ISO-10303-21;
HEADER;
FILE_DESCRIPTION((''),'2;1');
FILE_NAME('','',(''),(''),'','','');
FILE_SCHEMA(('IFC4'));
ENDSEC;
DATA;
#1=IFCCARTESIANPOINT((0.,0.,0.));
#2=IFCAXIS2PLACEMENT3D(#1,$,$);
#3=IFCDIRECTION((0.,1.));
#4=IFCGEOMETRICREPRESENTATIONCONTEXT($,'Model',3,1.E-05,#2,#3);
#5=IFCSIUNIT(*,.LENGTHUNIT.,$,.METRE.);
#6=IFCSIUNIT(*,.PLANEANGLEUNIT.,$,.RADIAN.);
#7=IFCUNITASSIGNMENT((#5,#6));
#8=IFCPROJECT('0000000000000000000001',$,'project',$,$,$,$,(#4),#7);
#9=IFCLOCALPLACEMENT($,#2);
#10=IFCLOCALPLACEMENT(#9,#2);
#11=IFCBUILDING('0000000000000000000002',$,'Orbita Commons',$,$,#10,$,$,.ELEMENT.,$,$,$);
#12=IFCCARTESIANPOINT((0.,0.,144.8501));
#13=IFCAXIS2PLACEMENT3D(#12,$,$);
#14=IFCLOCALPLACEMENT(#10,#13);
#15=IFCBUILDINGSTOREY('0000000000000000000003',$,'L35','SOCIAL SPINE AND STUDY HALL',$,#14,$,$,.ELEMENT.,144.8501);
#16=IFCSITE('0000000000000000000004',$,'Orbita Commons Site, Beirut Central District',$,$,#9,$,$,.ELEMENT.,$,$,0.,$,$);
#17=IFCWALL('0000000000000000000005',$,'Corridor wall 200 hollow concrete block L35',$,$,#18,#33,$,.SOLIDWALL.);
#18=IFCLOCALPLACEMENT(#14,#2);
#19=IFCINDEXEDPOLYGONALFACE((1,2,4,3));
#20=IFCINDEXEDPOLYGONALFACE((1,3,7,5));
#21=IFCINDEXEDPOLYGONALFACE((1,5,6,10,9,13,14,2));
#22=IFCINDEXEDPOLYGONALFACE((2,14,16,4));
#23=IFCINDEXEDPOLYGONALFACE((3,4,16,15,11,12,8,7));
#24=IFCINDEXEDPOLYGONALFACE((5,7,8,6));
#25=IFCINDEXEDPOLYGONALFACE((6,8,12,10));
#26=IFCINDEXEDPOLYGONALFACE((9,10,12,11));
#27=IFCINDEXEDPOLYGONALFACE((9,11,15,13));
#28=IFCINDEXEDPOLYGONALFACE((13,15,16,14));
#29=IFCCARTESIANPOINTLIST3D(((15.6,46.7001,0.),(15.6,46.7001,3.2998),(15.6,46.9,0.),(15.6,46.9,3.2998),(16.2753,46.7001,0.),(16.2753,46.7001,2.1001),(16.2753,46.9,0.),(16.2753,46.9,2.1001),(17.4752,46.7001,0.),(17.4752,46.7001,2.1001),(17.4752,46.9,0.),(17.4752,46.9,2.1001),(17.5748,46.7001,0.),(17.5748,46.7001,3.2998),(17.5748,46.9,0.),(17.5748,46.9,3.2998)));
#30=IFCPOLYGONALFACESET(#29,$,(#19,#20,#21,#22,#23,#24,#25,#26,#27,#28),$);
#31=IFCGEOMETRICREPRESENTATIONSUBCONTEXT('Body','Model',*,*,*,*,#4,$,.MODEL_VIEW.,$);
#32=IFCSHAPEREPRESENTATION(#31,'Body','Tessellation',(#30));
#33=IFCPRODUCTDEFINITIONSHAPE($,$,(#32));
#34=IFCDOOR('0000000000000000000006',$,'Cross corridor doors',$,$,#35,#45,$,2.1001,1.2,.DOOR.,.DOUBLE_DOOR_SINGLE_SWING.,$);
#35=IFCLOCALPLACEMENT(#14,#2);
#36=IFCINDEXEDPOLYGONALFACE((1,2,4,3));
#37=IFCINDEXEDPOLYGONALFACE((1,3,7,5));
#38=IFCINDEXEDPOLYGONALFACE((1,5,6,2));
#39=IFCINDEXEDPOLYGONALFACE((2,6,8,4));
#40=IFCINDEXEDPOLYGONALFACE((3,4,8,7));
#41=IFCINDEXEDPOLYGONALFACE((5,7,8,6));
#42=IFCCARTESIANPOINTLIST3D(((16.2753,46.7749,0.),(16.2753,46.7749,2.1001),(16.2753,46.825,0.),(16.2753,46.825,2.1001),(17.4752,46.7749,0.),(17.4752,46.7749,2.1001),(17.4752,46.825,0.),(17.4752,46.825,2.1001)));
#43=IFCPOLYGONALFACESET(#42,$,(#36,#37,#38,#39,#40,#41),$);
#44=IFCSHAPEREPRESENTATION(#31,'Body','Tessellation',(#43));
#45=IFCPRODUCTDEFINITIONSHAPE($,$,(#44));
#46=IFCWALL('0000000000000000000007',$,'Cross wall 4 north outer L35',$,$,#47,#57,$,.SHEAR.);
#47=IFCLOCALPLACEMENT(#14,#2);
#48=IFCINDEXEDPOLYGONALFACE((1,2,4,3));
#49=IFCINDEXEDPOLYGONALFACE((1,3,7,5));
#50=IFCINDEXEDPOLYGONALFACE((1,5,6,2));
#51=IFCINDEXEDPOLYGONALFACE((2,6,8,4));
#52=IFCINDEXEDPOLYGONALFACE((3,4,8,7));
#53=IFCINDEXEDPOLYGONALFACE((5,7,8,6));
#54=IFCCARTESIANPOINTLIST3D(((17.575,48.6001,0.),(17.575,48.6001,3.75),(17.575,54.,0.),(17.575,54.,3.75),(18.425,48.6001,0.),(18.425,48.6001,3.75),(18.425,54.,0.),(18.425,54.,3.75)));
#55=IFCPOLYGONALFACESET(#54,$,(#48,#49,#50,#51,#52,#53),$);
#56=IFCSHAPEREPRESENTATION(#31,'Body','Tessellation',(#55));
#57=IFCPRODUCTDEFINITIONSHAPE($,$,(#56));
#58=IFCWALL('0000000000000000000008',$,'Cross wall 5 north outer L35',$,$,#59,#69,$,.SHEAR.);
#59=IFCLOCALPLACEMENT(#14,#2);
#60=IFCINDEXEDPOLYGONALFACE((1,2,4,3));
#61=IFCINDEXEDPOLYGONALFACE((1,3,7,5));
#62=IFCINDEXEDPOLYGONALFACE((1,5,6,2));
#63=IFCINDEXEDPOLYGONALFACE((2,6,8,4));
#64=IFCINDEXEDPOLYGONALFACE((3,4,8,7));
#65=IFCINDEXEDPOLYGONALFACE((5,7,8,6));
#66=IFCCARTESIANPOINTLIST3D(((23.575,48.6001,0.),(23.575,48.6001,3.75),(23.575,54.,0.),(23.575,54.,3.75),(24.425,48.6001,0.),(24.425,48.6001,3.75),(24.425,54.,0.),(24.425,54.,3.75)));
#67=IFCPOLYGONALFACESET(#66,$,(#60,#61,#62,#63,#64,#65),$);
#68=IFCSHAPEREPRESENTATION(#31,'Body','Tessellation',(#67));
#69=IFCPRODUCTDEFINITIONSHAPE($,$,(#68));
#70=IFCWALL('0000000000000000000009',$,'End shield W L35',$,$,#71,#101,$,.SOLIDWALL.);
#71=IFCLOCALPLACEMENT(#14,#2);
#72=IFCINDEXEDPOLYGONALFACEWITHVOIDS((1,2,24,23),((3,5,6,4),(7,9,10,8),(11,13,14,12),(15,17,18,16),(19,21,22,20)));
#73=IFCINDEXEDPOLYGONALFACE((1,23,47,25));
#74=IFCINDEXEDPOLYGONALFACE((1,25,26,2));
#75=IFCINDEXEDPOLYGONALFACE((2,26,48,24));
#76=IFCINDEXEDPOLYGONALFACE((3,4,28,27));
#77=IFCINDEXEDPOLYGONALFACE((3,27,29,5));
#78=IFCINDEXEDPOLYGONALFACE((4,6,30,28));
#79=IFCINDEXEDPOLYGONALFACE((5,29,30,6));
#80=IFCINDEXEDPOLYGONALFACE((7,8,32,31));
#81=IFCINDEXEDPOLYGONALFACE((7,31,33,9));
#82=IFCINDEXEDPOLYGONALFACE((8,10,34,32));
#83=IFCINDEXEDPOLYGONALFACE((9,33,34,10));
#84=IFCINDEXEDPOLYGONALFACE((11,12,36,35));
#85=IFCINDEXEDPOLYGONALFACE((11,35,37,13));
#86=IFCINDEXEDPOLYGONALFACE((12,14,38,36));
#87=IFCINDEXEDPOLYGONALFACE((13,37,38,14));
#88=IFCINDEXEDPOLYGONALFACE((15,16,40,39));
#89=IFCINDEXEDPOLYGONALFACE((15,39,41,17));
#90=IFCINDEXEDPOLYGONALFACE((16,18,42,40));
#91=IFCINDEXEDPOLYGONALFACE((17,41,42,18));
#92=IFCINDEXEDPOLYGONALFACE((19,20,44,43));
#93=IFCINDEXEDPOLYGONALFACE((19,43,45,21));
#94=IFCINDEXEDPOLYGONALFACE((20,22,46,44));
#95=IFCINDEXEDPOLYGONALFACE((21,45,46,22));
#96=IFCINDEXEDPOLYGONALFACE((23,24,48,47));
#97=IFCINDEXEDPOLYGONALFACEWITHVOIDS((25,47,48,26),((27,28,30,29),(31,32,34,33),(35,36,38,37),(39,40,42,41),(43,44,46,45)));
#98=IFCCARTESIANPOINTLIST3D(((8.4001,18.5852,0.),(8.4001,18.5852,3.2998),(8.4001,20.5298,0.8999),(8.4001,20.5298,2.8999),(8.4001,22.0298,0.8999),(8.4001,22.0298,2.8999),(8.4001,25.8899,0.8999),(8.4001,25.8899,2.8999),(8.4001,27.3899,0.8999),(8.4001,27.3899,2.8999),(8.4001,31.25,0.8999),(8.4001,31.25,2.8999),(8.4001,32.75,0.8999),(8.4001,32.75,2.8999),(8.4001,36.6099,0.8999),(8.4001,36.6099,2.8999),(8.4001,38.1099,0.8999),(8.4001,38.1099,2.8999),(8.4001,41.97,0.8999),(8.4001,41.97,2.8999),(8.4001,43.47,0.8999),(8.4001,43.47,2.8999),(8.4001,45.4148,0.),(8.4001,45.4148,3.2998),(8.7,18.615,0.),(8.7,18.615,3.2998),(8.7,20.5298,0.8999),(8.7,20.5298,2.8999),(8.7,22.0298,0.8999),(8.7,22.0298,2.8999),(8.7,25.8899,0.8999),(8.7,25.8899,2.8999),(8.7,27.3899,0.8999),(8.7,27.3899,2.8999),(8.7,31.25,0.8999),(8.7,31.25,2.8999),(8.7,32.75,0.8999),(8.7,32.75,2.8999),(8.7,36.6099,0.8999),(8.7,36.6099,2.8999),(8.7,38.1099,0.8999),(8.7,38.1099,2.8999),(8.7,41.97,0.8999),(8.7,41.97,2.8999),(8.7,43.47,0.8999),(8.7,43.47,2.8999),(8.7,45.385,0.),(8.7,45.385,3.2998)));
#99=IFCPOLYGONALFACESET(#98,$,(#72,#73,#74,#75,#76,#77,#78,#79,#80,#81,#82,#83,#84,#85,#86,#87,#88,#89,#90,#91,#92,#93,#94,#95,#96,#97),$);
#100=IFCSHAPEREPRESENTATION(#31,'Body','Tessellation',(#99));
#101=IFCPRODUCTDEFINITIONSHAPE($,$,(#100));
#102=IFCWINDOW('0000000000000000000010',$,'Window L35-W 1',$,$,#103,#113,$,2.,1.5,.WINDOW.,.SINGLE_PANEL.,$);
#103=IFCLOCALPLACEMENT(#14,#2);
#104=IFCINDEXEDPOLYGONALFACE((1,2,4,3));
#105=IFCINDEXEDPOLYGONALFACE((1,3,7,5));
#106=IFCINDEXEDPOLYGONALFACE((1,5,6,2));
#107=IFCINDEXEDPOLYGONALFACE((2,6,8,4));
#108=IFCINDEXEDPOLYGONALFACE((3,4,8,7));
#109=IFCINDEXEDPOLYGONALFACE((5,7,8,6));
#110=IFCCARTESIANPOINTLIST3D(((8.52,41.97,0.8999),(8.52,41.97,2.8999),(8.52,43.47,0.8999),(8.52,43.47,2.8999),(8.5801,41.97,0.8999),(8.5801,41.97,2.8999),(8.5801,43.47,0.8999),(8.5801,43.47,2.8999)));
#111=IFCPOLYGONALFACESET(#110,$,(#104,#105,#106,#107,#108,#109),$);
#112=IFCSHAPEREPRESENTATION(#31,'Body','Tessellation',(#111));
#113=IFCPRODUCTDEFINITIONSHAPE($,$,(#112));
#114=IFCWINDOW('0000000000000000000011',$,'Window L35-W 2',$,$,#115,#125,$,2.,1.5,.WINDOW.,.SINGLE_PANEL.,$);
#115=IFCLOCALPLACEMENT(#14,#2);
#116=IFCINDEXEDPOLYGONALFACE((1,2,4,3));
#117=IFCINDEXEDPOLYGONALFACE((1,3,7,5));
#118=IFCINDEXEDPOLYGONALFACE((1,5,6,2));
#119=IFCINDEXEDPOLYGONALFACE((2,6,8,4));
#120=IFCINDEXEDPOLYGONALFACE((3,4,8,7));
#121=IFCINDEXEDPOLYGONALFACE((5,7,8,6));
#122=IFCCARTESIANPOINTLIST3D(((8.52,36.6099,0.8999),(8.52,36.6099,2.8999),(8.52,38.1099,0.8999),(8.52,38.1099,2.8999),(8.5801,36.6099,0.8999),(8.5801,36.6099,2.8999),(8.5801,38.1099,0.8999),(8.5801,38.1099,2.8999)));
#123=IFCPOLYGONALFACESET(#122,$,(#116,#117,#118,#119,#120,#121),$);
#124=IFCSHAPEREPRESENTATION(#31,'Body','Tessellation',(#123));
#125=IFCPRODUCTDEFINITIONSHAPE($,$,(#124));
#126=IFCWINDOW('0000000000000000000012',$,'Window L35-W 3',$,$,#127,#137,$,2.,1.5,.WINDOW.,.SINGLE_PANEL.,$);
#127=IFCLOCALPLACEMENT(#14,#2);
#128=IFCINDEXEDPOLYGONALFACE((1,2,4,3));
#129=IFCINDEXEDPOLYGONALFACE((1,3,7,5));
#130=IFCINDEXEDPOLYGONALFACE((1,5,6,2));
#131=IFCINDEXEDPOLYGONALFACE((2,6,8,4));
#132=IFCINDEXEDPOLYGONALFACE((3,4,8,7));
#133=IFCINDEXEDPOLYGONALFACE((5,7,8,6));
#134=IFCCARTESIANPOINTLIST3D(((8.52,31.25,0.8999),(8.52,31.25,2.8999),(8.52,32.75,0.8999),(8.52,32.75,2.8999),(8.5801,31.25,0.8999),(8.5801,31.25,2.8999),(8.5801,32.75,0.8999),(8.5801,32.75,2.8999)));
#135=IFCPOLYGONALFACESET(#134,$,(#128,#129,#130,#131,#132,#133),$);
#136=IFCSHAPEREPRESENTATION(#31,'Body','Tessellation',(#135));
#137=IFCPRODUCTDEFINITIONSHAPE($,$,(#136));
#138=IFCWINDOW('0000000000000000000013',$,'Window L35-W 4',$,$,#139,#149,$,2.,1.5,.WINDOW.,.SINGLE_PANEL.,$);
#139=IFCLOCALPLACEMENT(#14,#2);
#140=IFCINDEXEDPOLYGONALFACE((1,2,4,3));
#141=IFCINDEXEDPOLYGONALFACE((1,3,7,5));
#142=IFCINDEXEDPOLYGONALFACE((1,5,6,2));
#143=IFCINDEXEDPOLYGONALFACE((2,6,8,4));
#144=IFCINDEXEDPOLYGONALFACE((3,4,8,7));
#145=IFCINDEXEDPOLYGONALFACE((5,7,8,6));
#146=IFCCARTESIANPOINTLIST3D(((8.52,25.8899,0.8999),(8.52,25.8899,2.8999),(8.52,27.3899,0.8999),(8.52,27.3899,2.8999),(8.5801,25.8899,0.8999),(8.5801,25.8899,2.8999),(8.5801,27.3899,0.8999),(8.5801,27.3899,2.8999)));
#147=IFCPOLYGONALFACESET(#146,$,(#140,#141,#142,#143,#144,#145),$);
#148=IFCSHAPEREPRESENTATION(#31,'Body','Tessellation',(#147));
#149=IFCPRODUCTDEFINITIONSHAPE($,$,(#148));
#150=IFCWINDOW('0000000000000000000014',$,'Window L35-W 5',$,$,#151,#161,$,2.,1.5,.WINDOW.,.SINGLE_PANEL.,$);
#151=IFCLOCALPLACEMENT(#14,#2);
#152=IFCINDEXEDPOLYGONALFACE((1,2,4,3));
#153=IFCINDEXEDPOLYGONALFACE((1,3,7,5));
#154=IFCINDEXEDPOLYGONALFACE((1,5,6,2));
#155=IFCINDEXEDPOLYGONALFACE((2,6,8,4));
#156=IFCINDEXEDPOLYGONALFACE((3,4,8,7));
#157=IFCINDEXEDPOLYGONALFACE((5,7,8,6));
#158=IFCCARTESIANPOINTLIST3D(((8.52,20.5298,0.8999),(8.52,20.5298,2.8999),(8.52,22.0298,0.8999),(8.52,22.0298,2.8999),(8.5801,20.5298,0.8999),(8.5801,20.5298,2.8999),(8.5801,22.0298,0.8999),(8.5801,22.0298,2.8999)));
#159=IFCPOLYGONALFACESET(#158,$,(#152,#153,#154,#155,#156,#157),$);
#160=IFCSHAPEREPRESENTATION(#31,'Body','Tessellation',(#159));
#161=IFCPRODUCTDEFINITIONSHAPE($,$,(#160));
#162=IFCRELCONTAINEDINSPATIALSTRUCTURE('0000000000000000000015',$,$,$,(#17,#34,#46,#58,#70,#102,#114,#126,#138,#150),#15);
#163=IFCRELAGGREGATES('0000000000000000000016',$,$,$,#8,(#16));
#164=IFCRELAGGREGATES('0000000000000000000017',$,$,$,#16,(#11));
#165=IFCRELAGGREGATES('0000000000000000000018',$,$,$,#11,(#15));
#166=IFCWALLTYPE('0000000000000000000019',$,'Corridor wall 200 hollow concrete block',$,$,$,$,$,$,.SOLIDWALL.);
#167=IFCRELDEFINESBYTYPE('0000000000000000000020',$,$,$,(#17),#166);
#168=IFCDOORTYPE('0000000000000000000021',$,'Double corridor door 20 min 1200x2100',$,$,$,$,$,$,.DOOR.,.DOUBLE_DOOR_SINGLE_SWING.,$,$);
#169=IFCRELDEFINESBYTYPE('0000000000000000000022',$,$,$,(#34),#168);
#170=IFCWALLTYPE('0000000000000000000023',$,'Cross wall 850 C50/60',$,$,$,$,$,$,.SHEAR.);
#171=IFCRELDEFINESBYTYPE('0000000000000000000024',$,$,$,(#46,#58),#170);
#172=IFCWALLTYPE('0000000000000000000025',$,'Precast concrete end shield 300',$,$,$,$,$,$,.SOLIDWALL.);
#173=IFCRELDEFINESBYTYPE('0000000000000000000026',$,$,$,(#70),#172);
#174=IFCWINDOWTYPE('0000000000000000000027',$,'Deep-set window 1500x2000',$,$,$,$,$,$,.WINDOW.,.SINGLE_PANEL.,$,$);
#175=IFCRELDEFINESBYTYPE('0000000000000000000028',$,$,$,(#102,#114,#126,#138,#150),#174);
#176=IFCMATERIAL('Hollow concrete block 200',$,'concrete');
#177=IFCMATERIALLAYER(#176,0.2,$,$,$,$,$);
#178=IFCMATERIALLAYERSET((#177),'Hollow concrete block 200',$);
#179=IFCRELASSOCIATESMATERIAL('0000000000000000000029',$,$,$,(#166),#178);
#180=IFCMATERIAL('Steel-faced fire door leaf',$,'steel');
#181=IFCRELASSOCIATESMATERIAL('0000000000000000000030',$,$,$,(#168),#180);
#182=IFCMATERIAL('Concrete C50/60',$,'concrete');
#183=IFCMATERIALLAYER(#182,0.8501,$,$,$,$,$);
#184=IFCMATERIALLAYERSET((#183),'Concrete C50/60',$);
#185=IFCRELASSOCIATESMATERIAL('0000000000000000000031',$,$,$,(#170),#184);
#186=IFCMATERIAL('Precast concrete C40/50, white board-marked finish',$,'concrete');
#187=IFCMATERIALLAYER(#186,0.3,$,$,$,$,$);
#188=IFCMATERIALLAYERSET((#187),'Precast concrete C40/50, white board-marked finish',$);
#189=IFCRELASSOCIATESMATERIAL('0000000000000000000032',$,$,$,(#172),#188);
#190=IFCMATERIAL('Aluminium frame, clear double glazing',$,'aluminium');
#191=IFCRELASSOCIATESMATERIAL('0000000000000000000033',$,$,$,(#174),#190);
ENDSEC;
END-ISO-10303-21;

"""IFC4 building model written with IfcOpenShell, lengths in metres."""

from ifc_helpers import new_model, si_unit, direction, frame, frame_2d, origin, place, context, subcontext, project, spatial, polyline, rectangle, outline, extrude, material, layer, layer_set, type_object, element, fill, save


model = new_model("IFC4")

# Units and contexts
model_context = context("Model", 3, precision=1e-05, world=origin(), true_north=direction((0.0, 1.0)))
body_context = subcontext(model_context, "Body", "Model", "MODEL_VIEW")
ifc_project = project(units=[si_unit("LENGTHUNIT", "METRE"), si_unit("PLANEANGLEUNIT", "RADIAN")], contexts=[model_context])

# Site, building, storey
site_placement = place(None, origin())
site = spatial("IfcSite", under=ifc_project, at=site_placement, Name="Orbita Commons Site, Beirut Central District", CompositionType="ELEMENT", RefElevation=0.0)
building_placement = place(site_placement, origin())
building = spatial("IfcBuilding", under=site, at=building_placement, Name="Orbita Commons", CompositionType="ELEMENT")
storey_placement = place(building_placement, frame((0.0, 0.0, 144.8501)))
storey = spatial("IfcBuildingStorey", under=building, at=storey_placement, Name="L35", Description="SOCIAL SPINE AND STUDY HALL", CompositionType="ELEMENT", Elevation=144.8501)

# Wall, opening, door
ifc_material_1 = material(Name="Hollow concrete block 200", Category="concrete")
ifc_layer_1 = layer(ifc_material_1, 0.2)
ifc_layer_set_1 = layer_set([ifc_layer_1], Name="Hollow concrete block 200")
wall_type_1 = type_object("IfcWallType", Name="Corridor wall 200 hollow concrete block", PredefinedType="SOLIDWALL", material=ifc_layer_set_1)
wall_1_placement = place(storey_placement, frame((15.6001, 46.8, 0.0), z_axis=(0.0, 0.0, 1.0), x_axis=(1.0, 0.0, 0.0)))
wall_1 = element("IfcWall", 1, at=wall_1_placement, inside=storey, type_object=wall_type_1, Name="Corridor wall 200 hollow concrete block L35", PredefinedType="SOLIDWALL", context=body_context, shape_type="SweptSolid", body=[
    extrude(rectangle(XDim=1.9749, YDim=0.2, at=frame_2d((0.9873, 0.0))), origin(), (0.0, 0.0, 1.0), 3.2998),
])
opening_1_placement = place(wall_1_placement, frame((0.675, 0.0, 0.0)))
opening_1 = element("IfcOpeningElement", 2, at=opening_1_placement, cuts=wall_1, PredefinedType="OPENING", context=body_context, shape_type="SweptSolid", body=[
    extrude(rectangle(XDim=1.2, YDim=2.1001, at=frame_2d((0.6001, 1.05))), frame((0.0, 0.1099, 0.0), z_axis=(0.0, -1.0, 0.0), x_axis=(1.0, 0.0, 0.0)), (0.0, 0.0, 1.0), 0.22),
])
ifc_material_2 = material(Name="Steel-faced fire door leaf", Category="steel")
door_type_1 = type_object("IfcDoorType", Name="Double corridor door 20 min 1200x2100", OperationType="DOUBLE_DOOR_SINGLE_SWING", PredefinedType="DOOR", material=ifc_material_2)
door_1_placement = place(opening_1_placement, origin())
door_1 = element("IfcDoor", 3, at=door_1_placement, inside=storey, type_object=door_type_1, Name="Cross corridor doors", OperationType="DOUBLE_DOOR_SINGLE_SWING", OverallHeight=2.1001, OverallWidth=1.2, PredefinedType="DOOR", context=body_context, shape_type="SweptSolid", body=[
    extrude(rectangle(XDim=1.2, YDim=2.1001, at=frame_2d((0.6001, 1.05))), frame((0.0, 0.0249, 0.0), z_axis=(0.0, -1.0, 0.0), x_axis=(1.0, 0.0, 0.0)), (0.0, 0.0, 1.0), 0.05),
])
fill(opening_1, door_1)

# Walls
ifc_material_3 = material(Name="Concrete C50/60", Category="concrete")
ifc_layer_2 = layer(ifc_material_3, 0.8501)
ifc_layer_set_2 = layer_set([ifc_layer_2], Name="Concrete C50/60")
wall_type_2 = type_object("IfcWallType", Name="Cross wall 850 C50/60", PredefinedType="SHEAR", material=ifc_layer_set_2)
for number, where, z_axis, x_axis, name in (
    (4, (18.0, 48.6001, 0.0), (0.0, 0.0, 1.0), (0.0, 1.0, 0.0), "Cross wall 4 north outer L35"),
    (5, (24.0, 48.6001, 0.0), (0.0, 0.0, 1.0), (0.0, 1.0, 0.0), "Cross wall 5 north outer L35"),
):
    element("IfcWall", number, at=place(storey_placement, frame(where, z_axis=z_axis, x_axis=x_axis)), inside=storey, type_object=wall_type_2, Name=name, PredefinedType="SHEAR", context=body_context, shape_type="SweptSolid", body=[
        extrude(rectangle(XDim=5.3999, YDim=0.8501, at=frame_2d((2.7, 0.0))), origin(), (0.0, 0.0, 1.0), 3.75),
    ])

# Wall, openings, windows
ifc_material_4 = material(Name="Precast concrete C40/50, white board-marked finish", Category="concrete")
ifc_layer_3 = layer(ifc_material_4, 0.3)
ifc_layer_set_3 = layer_set([ifc_layer_3], Name="Precast concrete C40/50, white board-marked finish")
wall_type_3 = type_object("IfcWallType", Name="Precast concrete end shield 300", PredefinedType="SOLIDWALL", material=ifc_layer_set_3)
wall_2_placement = place(storey_placement, frame((8.55, 45.3999, 0.0), z_axis=(0.0, 0.0, 1.0), x_axis=(0.0, -1.0, 0.0)))
wall_2 = element("IfcWall", 6, at=wall_2_placement, inside=storey, type_object=wall_type_3, Name="End shield W L35", PredefinedType="SOLIDWALL", context=body_context, shape_type="SweptSolid", body=[
    extrude(outline(polyline([(-0.0149, -0.1499), (26.8147, -0.1499), (26.7849, 0.1499), (0.0149, 0.1499), (-0.0149, -0.1499)])), origin(), (0.0, 0.0, 1.0), 3.2998),
])
opening_2_placement = place(wall_2_placement, frame((1.9299, 0.0, 0.8999)))
opening_2 = element("IfcOpeningElement", 7, at=opening_2_placement, cuts=wall_2, PredefinedType="OPENING", context=body_context, shape_type="SweptSolid", body=[
    extrude(rectangle(XDim=1.5, YDim=2.0, at=frame_2d((0.75, 1.0))), frame((0.0, 0.1599, 0.0), z_axis=(0.0, -1.0, 0.0), x_axis=(1.0, 0.0, 0.0)), (0.0, 0.0, 1.0), 0.3201),
])
opening_3_placement = place(wall_2_placement, frame((7.29, 0.0, 0.8999)))
opening_3 = element("IfcOpeningElement", 8, at=opening_3_placement, cuts=wall_2, PredefinedType="OPENING", context=body_context, shape_type="SweptSolid", body=[
    extrude(rectangle(XDim=1.5, YDim=2.0, at=frame_2d((0.75, 1.0))), frame((0.0, 0.1599, 0.0), z_axis=(0.0, -1.0, 0.0), x_axis=(1.0, 0.0, 0.0)), (0.0, 0.0, 1.0), 0.3201),
])
opening_4_placement = place(wall_2_placement, frame((12.6499, 0.0, 0.8999)))
opening_4 = element("IfcOpeningElement", 9, at=opening_4_placement, cuts=wall_2, PredefinedType="OPENING", context=body_context, shape_type="SweptSolid", body=[
    extrude(rectangle(XDim=1.5, YDim=2.0, at=frame_2d((0.75, 1.0))), frame((0.0, 0.1599, 0.0), z_axis=(0.0, -1.0, 0.0), x_axis=(1.0, 0.0, 0.0)), (0.0, 0.0, 1.0), 0.3201),
])
opening_5_placement = place(wall_2_placement, frame((18.01, 0.0, 0.8999)))
opening_5 = element("IfcOpeningElement", 10, at=opening_5_placement, cuts=wall_2, PredefinedType="OPENING", context=body_context, shape_type="SweptSolid", body=[
    extrude(rectangle(XDim=1.5, YDim=2.0, at=frame_2d((0.75, 1.0))), frame((0.0, 0.1599, 0.0), z_axis=(0.0, -1.0, 0.0), x_axis=(1.0, 0.0, 0.0)), (0.0, 0.0, 1.0), 0.3201),
])
opening_6_placement = place(wall_2_placement, frame((23.3701, 0.0, 0.8999)))
opening_6 = element("IfcOpeningElement", 11, at=opening_6_placement, cuts=wall_2, PredefinedType="OPENING", context=body_context, shape_type="SweptSolid", body=[
    extrude(rectangle(XDim=1.5, YDim=2.0, at=frame_2d((0.75, 1.0))), frame((0.0, 0.1599, 0.0), z_axis=(0.0, -1.0, 0.0), x_axis=(1.0, 0.0, 0.0)), (0.0, 0.0, 1.0), 0.3201),
])
ifc_material_5 = material(Name="Aluminium frame, clear double glazing", Category="aluminium")
window_type = type_object("IfcWindowType", Name="Deep-set window 1500x2000", PartitioningType="SINGLE_PANEL", PredefinedType="WINDOW", material=ifc_material_5)
window_1_placement = place(opening_2_placement, origin())
window_1 = element("IfcWindow", 12, at=window_1_placement, inside=storey, type_object=window_type, Name="Window L35-W 1", OverallHeight=2.0, OverallWidth=1.5, PartitioningType="SINGLE_PANEL", PredefinedType="WINDOW", context=body_context, shape_type="SweptSolid", body=[
    extrude(rectangle(XDim=1.5, YDim=2.0, at=frame_2d((0.75, 1.0))), frame((0.0, 0.03, 0.0), z_axis=(0.0, -1.0, 0.0), x_axis=(1.0, 0.0, 0.0)), (0.0, 0.0, 1.0), 0.0601),
])
fill(opening_2, window_1)
window_2_placement = place(opening_3_placement, origin())
window_2 = element("IfcWindow", 13, at=window_2_placement, inside=storey, type_object=window_type, Name="Window L35-W 2", OverallHeight=2.0, OverallWidth=1.5, PartitioningType="SINGLE_PANEL", PredefinedType="WINDOW", context=body_context, shape_type="SweptSolid", body=[
    extrude(rectangle(XDim=1.5, YDim=2.0, at=frame_2d((0.75, 1.0))), frame((0.0, 0.03, 0.0), z_axis=(0.0, -1.0, 0.0), x_axis=(1.0, 0.0, 0.0)), (0.0, 0.0, 1.0), 0.0601),
])
fill(opening_3, window_2)
window_3_placement = place(opening_4_placement, origin())
window_3 = element("IfcWindow", 14, at=window_3_placement, inside=storey, type_object=window_type, Name="Window L35-W 3", OverallHeight=2.0, OverallWidth=1.5, PartitioningType="SINGLE_PANEL", PredefinedType="WINDOW", context=body_context, shape_type="SweptSolid", body=[
    extrude(rectangle(XDim=1.5, YDim=2.0, at=frame_2d((0.75, 1.0))), frame((0.0, 0.03, 0.0), z_axis=(0.0, -1.0, 0.0), x_axis=(1.0, 0.0, 0.0)), (0.0, 0.0, 1.0), 0.0601),
])
fill(opening_4, window_3)
window_4_placement = place(opening_5_placement, origin())
window_4 = element("IfcWindow", 15, at=window_4_placement, inside=storey, type_object=window_type, Name="Window L35-W 4", OverallHeight=2.0, OverallWidth=1.5, PartitioningType="SINGLE_PANEL", PredefinedType="WINDOW", context=body_context, shape_type="SweptSolid", body=[
    extrude(rectangle(XDim=1.5, YDim=2.0, at=frame_2d((0.75, 1.0))), frame((0.0, 0.03, 0.0), z_axis=(0.0, -1.0, 0.0), x_axis=(1.0, 0.0, 0.0)), (0.0, 0.0, 1.0), 0.0601),
])
fill(opening_5, window_4)
window_5_placement = place(opening_6_placement, origin())
window_5 = element("IfcWindow", 16, at=window_5_placement, inside=storey, type_object=window_type, Name="Window L35-W 5", OverallHeight=2.0, OverallWidth=1.5, PartitioningType="SINGLE_PANEL", PredefinedType="WINDOW", context=body_context, shape_type="SweptSolid", body=[
    extrude(rectangle(XDim=1.5, YDim=2.0, at=frame_2d((0.75, 1.0))), frame((0.0, 0.03, 0.0), z_axis=(0.0, -1.0, 0.0), x_axis=(1.0, 0.0, 0.0)), (0.0, 0.0, 1.0), 0.0601),
])
fill(opening_6, window_5)

save(model, "model.ifc")
